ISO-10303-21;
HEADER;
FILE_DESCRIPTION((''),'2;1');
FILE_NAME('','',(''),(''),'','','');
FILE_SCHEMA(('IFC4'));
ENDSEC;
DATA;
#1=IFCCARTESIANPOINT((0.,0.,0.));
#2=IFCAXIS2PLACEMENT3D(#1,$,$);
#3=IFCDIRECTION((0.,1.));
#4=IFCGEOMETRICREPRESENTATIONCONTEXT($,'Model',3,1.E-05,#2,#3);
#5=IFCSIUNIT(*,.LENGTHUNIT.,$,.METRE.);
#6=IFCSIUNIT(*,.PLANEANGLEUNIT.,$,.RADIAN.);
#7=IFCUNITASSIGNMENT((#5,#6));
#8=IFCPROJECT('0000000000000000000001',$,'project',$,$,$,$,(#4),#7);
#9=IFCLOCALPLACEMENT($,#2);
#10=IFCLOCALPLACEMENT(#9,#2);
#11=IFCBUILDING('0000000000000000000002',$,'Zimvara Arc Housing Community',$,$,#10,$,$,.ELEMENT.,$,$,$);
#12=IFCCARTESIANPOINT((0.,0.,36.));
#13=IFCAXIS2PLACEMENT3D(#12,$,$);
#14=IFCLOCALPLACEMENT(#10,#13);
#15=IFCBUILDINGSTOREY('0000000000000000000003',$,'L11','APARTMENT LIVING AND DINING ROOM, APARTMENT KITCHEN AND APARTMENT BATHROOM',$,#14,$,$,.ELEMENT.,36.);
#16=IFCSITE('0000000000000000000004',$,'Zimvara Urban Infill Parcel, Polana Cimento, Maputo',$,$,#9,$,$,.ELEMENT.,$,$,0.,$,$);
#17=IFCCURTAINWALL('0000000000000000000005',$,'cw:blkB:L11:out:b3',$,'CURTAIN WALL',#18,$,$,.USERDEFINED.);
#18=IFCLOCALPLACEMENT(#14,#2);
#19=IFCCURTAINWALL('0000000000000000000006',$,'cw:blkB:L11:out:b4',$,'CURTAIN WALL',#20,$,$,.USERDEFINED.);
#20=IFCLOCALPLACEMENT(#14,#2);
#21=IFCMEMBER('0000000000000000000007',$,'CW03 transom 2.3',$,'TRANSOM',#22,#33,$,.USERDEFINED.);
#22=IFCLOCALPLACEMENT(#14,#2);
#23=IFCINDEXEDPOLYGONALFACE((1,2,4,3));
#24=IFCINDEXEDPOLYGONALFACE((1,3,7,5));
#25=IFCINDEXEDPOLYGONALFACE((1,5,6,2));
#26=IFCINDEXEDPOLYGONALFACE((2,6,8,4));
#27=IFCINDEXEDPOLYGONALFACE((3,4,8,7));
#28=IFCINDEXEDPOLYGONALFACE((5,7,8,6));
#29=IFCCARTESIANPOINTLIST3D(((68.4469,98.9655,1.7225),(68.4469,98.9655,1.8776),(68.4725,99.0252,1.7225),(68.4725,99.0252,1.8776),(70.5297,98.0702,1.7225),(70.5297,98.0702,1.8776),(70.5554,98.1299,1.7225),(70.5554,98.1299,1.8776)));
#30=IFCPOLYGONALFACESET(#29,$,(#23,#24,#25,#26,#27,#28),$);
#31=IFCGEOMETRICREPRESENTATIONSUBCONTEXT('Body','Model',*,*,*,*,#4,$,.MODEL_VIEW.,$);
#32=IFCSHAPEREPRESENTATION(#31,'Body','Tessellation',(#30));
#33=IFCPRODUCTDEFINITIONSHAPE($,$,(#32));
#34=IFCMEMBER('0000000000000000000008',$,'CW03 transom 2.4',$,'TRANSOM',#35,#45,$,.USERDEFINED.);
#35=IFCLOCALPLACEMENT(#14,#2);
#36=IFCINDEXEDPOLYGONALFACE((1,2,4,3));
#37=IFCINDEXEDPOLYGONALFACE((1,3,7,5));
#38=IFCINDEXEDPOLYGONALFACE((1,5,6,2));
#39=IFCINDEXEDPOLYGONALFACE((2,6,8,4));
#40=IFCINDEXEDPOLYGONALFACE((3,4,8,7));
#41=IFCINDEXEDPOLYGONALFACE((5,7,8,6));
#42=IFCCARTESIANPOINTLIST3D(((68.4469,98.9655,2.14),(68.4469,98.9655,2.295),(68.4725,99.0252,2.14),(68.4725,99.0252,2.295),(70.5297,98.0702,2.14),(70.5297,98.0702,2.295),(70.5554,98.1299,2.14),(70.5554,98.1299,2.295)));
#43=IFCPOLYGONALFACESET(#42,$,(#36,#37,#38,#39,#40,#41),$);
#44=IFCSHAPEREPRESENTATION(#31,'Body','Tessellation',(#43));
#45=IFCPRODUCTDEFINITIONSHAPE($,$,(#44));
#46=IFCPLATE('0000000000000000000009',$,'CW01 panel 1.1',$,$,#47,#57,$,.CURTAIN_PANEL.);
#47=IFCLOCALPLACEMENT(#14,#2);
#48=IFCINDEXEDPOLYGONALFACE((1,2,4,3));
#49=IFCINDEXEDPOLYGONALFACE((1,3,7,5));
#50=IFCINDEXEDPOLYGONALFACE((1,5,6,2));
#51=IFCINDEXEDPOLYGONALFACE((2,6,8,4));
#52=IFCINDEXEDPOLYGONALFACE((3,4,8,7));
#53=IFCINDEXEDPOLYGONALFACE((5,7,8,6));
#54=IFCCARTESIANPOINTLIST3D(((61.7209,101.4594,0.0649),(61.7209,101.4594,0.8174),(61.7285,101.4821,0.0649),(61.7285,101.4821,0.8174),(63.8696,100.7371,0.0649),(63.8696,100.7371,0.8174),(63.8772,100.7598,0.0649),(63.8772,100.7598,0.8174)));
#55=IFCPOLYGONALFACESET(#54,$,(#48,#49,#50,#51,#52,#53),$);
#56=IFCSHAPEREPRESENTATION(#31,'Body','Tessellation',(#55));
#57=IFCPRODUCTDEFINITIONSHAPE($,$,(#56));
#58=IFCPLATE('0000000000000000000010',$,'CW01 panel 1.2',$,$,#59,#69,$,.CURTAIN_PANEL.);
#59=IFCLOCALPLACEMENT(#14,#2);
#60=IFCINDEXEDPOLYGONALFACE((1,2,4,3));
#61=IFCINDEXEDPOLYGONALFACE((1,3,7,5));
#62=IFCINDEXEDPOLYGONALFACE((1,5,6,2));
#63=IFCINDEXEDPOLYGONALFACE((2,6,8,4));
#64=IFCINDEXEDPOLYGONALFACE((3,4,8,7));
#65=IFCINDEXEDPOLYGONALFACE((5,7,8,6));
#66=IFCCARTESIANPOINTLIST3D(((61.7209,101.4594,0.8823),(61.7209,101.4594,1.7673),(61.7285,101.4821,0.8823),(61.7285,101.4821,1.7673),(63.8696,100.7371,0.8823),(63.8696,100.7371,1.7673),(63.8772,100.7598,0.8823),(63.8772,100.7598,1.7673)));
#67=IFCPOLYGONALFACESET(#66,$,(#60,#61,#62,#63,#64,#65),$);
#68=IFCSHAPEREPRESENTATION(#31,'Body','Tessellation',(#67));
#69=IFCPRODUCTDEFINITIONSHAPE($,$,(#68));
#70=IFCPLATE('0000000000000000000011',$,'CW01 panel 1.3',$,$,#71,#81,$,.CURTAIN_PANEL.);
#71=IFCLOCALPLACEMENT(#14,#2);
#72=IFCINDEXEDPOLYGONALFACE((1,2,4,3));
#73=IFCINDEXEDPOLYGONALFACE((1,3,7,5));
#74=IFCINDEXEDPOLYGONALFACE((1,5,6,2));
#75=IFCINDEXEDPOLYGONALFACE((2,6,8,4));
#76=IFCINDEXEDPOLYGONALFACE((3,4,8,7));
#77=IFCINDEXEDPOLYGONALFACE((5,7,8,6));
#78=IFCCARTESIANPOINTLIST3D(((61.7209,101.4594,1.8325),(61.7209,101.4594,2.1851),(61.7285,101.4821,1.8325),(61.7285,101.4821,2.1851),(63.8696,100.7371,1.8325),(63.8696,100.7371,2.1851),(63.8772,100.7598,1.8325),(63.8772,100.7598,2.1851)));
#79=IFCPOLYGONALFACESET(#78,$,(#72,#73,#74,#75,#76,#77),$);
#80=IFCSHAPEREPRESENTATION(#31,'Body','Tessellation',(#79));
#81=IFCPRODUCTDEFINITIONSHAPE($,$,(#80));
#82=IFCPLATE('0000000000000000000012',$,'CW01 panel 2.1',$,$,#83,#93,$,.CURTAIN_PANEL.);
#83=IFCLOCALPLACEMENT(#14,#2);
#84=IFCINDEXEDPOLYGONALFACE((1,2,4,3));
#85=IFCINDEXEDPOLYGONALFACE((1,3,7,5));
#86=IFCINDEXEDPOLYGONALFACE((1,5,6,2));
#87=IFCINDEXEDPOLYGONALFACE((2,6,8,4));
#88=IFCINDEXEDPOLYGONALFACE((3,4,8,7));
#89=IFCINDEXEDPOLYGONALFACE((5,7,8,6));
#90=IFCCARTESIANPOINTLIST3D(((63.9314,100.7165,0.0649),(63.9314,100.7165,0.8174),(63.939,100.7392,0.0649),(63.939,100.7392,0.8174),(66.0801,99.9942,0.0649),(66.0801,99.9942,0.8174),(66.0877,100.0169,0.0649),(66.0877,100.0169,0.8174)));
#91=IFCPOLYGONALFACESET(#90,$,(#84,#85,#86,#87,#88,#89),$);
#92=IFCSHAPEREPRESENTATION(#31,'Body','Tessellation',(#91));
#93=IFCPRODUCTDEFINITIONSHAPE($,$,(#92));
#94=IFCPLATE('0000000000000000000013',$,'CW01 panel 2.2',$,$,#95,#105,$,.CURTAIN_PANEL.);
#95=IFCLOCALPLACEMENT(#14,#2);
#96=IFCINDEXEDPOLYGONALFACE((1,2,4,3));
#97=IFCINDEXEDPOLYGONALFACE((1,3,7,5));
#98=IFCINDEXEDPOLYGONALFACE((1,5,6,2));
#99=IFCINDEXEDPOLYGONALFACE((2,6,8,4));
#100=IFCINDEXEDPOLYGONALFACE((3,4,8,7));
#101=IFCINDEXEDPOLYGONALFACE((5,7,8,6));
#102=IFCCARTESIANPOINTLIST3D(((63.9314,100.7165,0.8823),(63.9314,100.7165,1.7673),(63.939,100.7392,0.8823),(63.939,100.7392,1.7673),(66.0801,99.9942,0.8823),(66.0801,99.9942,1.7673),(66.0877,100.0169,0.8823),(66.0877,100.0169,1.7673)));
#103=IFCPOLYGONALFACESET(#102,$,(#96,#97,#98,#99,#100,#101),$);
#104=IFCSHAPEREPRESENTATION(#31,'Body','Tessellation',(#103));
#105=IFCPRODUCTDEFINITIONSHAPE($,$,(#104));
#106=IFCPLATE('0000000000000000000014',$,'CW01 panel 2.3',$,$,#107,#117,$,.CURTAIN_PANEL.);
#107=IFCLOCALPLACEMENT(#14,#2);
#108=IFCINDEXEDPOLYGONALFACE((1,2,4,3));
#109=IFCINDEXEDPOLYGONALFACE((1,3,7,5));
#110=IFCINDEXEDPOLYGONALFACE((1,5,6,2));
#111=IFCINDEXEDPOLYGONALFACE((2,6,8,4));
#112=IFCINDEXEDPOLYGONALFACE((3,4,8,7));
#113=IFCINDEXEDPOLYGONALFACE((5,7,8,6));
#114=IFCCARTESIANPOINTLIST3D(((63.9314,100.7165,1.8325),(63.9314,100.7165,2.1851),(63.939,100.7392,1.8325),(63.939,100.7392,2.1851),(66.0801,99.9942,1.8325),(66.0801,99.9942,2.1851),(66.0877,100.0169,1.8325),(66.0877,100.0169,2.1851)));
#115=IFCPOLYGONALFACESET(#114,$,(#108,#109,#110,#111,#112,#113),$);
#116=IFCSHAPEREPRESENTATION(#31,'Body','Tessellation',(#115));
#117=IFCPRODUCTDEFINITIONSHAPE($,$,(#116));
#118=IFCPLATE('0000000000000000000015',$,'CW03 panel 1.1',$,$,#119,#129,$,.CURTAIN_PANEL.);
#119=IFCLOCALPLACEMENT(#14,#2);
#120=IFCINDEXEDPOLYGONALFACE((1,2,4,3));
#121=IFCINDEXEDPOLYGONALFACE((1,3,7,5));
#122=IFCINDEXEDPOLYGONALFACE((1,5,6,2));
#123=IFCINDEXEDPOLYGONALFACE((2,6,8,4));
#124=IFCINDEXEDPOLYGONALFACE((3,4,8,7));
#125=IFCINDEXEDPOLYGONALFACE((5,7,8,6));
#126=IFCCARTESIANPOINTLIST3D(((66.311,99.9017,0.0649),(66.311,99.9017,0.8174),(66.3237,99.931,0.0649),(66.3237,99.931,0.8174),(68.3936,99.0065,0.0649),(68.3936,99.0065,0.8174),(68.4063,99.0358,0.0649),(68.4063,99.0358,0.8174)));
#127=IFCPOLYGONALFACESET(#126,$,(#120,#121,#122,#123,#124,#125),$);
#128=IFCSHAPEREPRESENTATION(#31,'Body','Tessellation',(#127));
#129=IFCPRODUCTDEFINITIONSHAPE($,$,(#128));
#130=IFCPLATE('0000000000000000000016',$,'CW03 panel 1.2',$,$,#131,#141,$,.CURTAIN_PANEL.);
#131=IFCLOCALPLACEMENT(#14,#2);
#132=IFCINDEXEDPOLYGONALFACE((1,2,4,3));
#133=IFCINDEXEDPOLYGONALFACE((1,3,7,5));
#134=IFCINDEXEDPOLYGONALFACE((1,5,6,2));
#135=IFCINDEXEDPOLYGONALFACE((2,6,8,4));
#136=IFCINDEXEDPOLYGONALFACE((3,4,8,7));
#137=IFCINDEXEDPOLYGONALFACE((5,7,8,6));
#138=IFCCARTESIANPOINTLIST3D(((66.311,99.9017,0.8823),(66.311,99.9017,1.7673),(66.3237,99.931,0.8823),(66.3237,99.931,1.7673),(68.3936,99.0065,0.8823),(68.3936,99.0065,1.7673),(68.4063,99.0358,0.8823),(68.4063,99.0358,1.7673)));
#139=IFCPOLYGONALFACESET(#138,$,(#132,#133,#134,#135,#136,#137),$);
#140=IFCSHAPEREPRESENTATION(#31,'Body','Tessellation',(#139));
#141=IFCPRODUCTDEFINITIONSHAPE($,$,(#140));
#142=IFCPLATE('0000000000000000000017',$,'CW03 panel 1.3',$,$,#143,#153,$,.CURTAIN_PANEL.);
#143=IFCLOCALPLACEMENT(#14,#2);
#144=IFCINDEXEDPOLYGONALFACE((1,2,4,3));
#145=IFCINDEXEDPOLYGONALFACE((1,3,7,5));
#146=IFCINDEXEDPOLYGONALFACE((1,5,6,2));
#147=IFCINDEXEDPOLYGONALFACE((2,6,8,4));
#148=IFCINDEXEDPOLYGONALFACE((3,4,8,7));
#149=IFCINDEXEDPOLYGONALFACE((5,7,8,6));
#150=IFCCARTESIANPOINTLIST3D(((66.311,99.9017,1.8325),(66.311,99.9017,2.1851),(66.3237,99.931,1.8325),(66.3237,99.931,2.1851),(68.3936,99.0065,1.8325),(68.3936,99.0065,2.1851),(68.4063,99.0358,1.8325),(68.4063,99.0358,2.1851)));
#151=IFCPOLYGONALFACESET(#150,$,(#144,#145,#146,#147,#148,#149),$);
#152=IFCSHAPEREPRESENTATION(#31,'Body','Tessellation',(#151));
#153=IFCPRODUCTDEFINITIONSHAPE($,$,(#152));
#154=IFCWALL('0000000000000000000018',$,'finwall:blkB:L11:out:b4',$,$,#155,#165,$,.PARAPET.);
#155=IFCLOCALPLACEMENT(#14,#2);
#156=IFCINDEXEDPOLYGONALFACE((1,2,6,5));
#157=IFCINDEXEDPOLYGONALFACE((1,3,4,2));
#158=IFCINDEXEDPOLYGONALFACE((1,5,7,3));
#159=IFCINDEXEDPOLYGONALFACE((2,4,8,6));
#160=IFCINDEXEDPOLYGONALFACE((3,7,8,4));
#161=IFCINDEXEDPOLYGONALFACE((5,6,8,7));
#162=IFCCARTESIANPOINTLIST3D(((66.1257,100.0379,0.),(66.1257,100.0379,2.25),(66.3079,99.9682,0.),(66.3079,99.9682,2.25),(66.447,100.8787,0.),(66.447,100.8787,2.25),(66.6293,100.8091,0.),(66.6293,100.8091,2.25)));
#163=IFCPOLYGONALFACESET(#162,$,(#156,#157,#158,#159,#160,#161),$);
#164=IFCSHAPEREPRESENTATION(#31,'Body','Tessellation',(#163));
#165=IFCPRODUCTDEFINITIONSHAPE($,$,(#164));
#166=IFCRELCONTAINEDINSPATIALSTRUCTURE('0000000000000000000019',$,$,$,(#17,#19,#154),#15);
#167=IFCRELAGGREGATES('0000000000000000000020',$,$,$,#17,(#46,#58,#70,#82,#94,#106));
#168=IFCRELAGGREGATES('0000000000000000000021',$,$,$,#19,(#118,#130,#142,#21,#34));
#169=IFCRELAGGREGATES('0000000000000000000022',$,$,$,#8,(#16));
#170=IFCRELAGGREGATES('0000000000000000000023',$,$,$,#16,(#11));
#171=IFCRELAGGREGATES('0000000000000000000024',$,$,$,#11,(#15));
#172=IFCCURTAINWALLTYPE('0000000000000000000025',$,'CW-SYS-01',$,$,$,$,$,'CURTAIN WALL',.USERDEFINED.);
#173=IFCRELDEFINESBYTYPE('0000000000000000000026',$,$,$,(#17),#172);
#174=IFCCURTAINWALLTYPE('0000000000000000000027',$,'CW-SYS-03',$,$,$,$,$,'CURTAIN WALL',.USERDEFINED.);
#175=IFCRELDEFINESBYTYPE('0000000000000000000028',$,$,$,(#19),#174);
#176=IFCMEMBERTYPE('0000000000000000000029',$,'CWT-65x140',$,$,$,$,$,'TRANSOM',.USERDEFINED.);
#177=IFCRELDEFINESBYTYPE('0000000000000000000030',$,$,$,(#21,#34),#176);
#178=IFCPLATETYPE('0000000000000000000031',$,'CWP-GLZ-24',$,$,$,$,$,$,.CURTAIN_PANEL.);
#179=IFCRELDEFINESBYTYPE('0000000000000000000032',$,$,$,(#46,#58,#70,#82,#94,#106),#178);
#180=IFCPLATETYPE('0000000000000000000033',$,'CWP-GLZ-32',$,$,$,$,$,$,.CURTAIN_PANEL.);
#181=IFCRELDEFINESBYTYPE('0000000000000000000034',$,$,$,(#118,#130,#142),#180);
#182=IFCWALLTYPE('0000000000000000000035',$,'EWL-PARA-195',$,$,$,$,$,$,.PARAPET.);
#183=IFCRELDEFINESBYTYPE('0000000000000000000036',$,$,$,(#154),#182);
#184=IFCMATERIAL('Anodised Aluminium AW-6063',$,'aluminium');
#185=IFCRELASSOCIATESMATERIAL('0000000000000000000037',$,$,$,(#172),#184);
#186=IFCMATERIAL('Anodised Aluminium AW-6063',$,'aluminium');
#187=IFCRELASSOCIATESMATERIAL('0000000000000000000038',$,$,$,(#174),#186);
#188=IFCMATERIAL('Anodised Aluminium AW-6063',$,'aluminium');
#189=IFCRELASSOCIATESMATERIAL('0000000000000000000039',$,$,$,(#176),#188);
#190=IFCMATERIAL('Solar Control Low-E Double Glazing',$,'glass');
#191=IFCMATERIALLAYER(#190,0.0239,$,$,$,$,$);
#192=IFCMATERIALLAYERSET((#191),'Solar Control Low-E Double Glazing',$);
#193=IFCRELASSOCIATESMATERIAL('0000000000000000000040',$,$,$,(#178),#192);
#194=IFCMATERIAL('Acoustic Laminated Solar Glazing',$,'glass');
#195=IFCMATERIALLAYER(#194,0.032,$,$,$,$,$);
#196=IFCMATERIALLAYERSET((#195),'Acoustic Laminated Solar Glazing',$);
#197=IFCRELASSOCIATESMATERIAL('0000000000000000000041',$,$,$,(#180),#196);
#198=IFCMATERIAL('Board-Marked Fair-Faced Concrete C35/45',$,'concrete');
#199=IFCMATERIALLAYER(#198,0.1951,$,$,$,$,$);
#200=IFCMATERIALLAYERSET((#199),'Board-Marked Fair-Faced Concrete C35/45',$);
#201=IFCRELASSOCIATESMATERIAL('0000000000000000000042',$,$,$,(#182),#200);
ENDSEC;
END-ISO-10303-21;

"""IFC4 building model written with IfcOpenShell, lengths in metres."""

from ifc_helpers import new_model, si_unit, direction, frame, frame_2d, origin, origin_2d, place, context, subcontext, project, spatial, rectangle, extrude, material, layer, layer_set, material_profile, profile_set, type_object, element, aggregate, save


model = new_model("IFC4")

# Units and contexts
model_context = context("Model", 3, precision=1e-05, world=origin(), true_north=direction((0.0, 1.0)))
body_context = subcontext(model_context, "Body", "Model", "MODEL_VIEW")
ifc_project = project(units=[si_unit("LENGTHUNIT", "METRE"), si_unit("PLANEANGLEUNIT", "RADIAN")], contexts=[model_context])

# Site, building, storey
site_placement = place(None, origin())
site = spatial("IfcSite", under=ifc_project, at=site_placement, Name="Zimvara Urban Infill Parcel, Polana Cimento, Maputo", CompositionType="ELEMENT", RefElevation=0.0)
building_placement = place(site_placement, origin())
building = spatial("IfcBuilding", under=site, at=building_placement, Name="Zimvara Arc Housing Community", CompositionType="ELEMENT")
storey_placement = place(building_placement, frame((0.0, 0.0, 36.0)))
storey = spatial("IfcBuildingStorey", under=building, at=storey_placement, Name="L11", Description="APARTMENT LIVING AND DINING ROOM, APARTMENT KITCHEN AND APARTMENT BATHROOM", CompositionType="ELEMENT", Elevation=36.0)

# Curtain walls
ifc_material_1 = material(Name="Anodised Aluminium AW-6063", Category="aluminium")
curtain_wall_type_1 = type_object("IfcCurtainWallType", Name="CW-SYS-01", ElementType="CURTAIN WALL", PredefinedType="USERDEFINED", material=ifc_material_1)
curtain_wall_1_placement = place(storey_placement, origin())
curtain_wall_1 = element("IfcCurtainWall", 1, at=curtain_wall_1_placement, inside=storey, type_object=curtain_wall_type_1, Name="cw:blkB:L11:out:b3", ObjectType="CURTAIN WALL", PredefinedType="USERDEFINED")
ifc_material_2 = material(Name="Anodised Aluminium AW-6063", Category="aluminium")
curtain_wall_type_2 = type_object("IfcCurtainWallType", Name="CW-SYS-03", ElementType="CURTAIN WALL", PredefinedType="USERDEFINED", material=ifc_material_2)
curtain_wall_2_placement = place(storey_placement, origin())
curtain_wall_2 = element("IfcCurtainWall", 2, at=curtain_wall_2_placement, inside=storey, type_object=curtain_wall_type_2, Name="cw:blkB:L11:out:b4", ObjectType="CURTAIN WALL", PredefinedType="USERDEFINED")

# Members
ifc_material_3 = material(Name="Anodised Aluminium AW-6063", Category="aluminium")
ifc_material_profile_1 = material_profile(ifc_material_3, rectangle(XDim=0.0649, YDim=0.155, at=origin_2d()), Name="ALU 65x155")
ifc_profile_set_1 = profile_set([ifc_material_profile_1], Name="Anodised Aluminium AW-6063")
member_type_1 = type_object("IfcMemberType", Name="CWT-65x140", ElementType="TRANSOM", PredefinedType="USERDEFINED", material=ifc_profile_set_1)
member_1_placement = place(storey_placement, frame((68.4597, 98.9954, 1.8), z_axis=(0.918721, -0.394907, 0.0), x_axis=(0.394907, 0.918721, 0.0)))
member_1 = element("IfcMember", 3, at=member_1_placement, type_object=member_type_1, Name="CW03 transom 2.3", ObjectType="TRANSOM", PredefinedType="USERDEFINED", context=body_context, shape_type="SweptSolid", body=[
    extrude(rectangle(XDim=0.0649, YDim=0.155, at=origin_2d()), origin(), (0.0, 0.0, 1.0), 2.2671),
])
member_2_placement = place(storey_placement, frame((68.4597, 98.9954, 2.2175), z_axis=(0.918721, -0.394907, 0.0), x_axis=(0.394907, 0.918721, 0.0)))
member_2 = element("IfcMember", 4, at=member_2_placement, type_object=member_type_1, Name="CW03 transom 2.4", ObjectType="TRANSOM", PredefinedType="USERDEFINED", context=body_context, shape_type="SweptSolid", body=[
    extrude(rectangle(XDim=0.0649, YDim=0.155, at=origin_2d()), origin(), (0.0, 0.0, 1.0), 2.2671),
])

# Plates
ifc_material_4 = material(Name="Solar Control Low-E Double Glazing", Category="glass")
ifc_layer_1 = layer(ifc_material_4, 0.0239)
ifc_layer_set_1 = layer_set([ifc_layer_1], Name="Solar Control Low-E Double Glazing")
plate_type_1 = type_object("IfcPlateType", Name="CWP-GLZ-24", PredefinedType="CURTAIN_PANEL", material=ifc_layer_set_1)
plate_1_placement = place(storey_placement, frame((62.7991, 101.1096, 0.0649), z_axis=(0.0, 0.0, 1.0), x_axis=(0.94788, -0.318629, 0.0)))
plate_1 = element("IfcPlate", 5, at=plate_1_placement, type_object=plate_type_1, Name="CW01 panel 1.1", PredefinedType="CURTAIN_PANEL", context=body_context, shape_type="SweptSolid", body=[
    extrude(rectangle(XDim=2.2668, YDim=0.0239, at=origin_2d()), origin(), (0.0, 0.0, 1.0), 0.7524),
])
plate_2_placement = place(storey_placement, frame((62.7991, 101.1096, 0.8823), z_axis=(0.0, 0.0, 1.0), x_axis=(0.94788, -0.318629, 0.0)))
plate_2 = element("IfcPlate", 6, at=plate_2_placement, type_object=plate_type_1, Name="CW01 panel 1.2", PredefinedType="CURTAIN_PANEL", context=body_context, shape_type="SweptSolid", body=[
    extrude(rectangle(XDim=2.2668, YDim=0.0239, at=origin_2d()), origin(), (0.0, 0.0, 1.0), 0.885),
])
plate_3_placement = place(storey_placement, frame((62.7991, 101.1096, 1.8325), z_axis=(0.0, 0.0, 1.0), x_axis=(0.94788, -0.318629, 0.0)))
plate_3 = element("IfcPlate", 7, at=plate_3_placement, type_object=plate_type_1, Name="CW01 panel 1.3", PredefinedType="CURTAIN_PANEL", context=body_context, shape_type="SweptSolid", body=[
    extrude(rectangle(XDim=2.2668, YDim=0.0239, at=origin_2d()), origin(), (0.0, 0.0, 1.0), 0.3525),
])
plate_4_placement = place(storey_placement, frame((65.0095, 100.3667, 0.0649), z_axis=(0.0, 0.0, 1.0), x_axis=(0.94788, -0.318629, 0.0)))
plate_4 = element("IfcPlate", 8, at=plate_4_placement, type_object=plate_type_1, Name="CW01 panel 2.1", PredefinedType="CURTAIN_PANEL", context=body_context, shape_type="SweptSolid", body=[
    extrude(rectangle(XDim=2.2668, YDim=0.0239, at=origin_2d()), origin(), (0.0, 0.0, 1.0), 0.7524),
])
plate_5_placement = place(storey_placement, frame((65.0095, 100.3667, 0.8823), z_axis=(0.0, 0.0, 1.0), x_axis=(0.94788, -0.318629, 0.0)))
plate_5 = element("IfcPlate", 9, at=plate_5_placement, type_object=plate_type_1, Name="CW01 panel 2.2", PredefinedType="CURTAIN_PANEL", context=body_context, shape_type="SweptSolid", body=[
    extrude(rectangle(XDim=2.2668, YDim=0.0239, at=origin_2d()), origin(), (0.0, 0.0, 1.0), 0.885),
])
plate_6_placement = place(storey_placement, frame((65.0095, 100.3667, 1.8325), z_axis=(0.0, 0.0, 1.0), x_axis=(0.94788, -0.318629, 0.0)))
plate_6 = element("IfcPlate", 10, at=plate_6_placement, type_object=plate_type_1, Name="CW01 panel 2.3", PredefinedType="CURTAIN_PANEL", context=body_context, shape_type="SweptSolid", body=[
    extrude(rectangle(XDim=2.2668, YDim=0.0239, at=origin_2d()), origin(), (0.0, 0.0, 1.0), 0.3525),
])
aggregate(curtain_wall_1, [plate_1, plate_2, plate_3, plate_4, plate_5, plate_6])
ifc_material_5 = material(Name="Acoustic Laminated Solar Glazing", Category="glass")
ifc_layer_2 = layer(ifc_material_5, 0.032)
ifc_layer_set_2 = layer_set([ifc_layer_2], Name="Acoustic Laminated Solar Glazing")
plate_type_2 = type_object("IfcPlateType", Name="CWP-GLZ-32", PredefinedType="CURTAIN_PANEL", material=ifc_layer_set_2)
plate_7_placement = place(storey_placement, frame((67.3586, 99.4688, 0.0649), z_axis=(0.0, 0.0, 1.0), x_axis=(0.918722, -0.394904, 0.0)))
plate_7 = element("IfcPlate", 11, at=plate_7_placement, type_object=plate_type_2, Name="CW03 panel 1.1", PredefinedType="CURTAIN_PANEL", context=body_context, shape_type="SweptSolid", body=[
    extrude(rectangle(XDim=2.2668, YDim=0.032, at=origin_2d()), origin(), (0.0, 0.0, 1.0), 0.7524),
])
plate_8_placement = place(storey_placement, frame((67.3586, 99.4688, 0.8823), z_axis=(0.0, 0.0, 1.0), x_axis=(0.918722, -0.394904, 0.0)))
plate_8 = element("IfcPlate", 12, at=plate_8_placement, type_object=plate_type_2, Name="CW03 panel 1.2", PredefinedType="CURTAIN_PANEL", context=body_context, shape_type="SweptSolid", body=[
    extrude(rectangle(XDim=2.2668, YDim=0.032, at=origin_2d()), origin(), (0.0, 0.0, 1.0), 0.885),
])
plate_9_placement = place(storey_placement, frame((67.3586, 99.4688, 1.8325), z_axis=(0.0, 0.0, 1.0), x_axis=(0.918722, -0.394904, 0.0)))
plate_9 = element("IfcPlate", 13, at=plate_9_placement, type_object=plate_type_2, Name="CW03 panel 1.3", PredefinedType="CURTAIN_PANEL", context=body_context, shape_type="SweptSolid", body=[
    extrude(rectangle(XDim=2.2668, YDim=0.032, at=origin_2d()), origin(), (0.0, 0.0, 1.0), 0.3525),
])
aggregate(curtain_wall_2, [plate_7, plate_8, plate_9, member_1, member_2])

# Wall
ifc_material_6 = material(Name="Board-Marked Fair-Faced Concrete C35/45", Category="concrete")
ifc_layer_3 = layer(ifc_material_6, 0.1951)
ifc_layer_set_3 = layer_set([ifc_layer_3], Name="Board-Marked Fair-Faced Concrete C35/45")
wall_type = type_object("IfcWallType", Name="EWL-PARA-195", PredefinedType="PARAPET", material=ifc_layer_set_3)
wall_placement = place(storey_placement, frame((66.2168, 100.0029, 0.0), z_axis=(0.0, 0.0, 1.0), x_axis=(0.356943, 0.934126, 0.0)))
element("IfcWall", 14, at=wall_placement, inside=storey, type_object=wall_type, Name="finwall:blkB:L11:out:b4", PredefinedType="PARAPET", context=body_context, shape_type="SweptSolid", body=[
    extrude(rectangle(XDim=0.9001, YDim=0.1951, at=frame_2d((0.4502, 0.0))), origin(), (0.0, 0.0, 1.0), 2.25),
])

save(model, "model.ifc")
